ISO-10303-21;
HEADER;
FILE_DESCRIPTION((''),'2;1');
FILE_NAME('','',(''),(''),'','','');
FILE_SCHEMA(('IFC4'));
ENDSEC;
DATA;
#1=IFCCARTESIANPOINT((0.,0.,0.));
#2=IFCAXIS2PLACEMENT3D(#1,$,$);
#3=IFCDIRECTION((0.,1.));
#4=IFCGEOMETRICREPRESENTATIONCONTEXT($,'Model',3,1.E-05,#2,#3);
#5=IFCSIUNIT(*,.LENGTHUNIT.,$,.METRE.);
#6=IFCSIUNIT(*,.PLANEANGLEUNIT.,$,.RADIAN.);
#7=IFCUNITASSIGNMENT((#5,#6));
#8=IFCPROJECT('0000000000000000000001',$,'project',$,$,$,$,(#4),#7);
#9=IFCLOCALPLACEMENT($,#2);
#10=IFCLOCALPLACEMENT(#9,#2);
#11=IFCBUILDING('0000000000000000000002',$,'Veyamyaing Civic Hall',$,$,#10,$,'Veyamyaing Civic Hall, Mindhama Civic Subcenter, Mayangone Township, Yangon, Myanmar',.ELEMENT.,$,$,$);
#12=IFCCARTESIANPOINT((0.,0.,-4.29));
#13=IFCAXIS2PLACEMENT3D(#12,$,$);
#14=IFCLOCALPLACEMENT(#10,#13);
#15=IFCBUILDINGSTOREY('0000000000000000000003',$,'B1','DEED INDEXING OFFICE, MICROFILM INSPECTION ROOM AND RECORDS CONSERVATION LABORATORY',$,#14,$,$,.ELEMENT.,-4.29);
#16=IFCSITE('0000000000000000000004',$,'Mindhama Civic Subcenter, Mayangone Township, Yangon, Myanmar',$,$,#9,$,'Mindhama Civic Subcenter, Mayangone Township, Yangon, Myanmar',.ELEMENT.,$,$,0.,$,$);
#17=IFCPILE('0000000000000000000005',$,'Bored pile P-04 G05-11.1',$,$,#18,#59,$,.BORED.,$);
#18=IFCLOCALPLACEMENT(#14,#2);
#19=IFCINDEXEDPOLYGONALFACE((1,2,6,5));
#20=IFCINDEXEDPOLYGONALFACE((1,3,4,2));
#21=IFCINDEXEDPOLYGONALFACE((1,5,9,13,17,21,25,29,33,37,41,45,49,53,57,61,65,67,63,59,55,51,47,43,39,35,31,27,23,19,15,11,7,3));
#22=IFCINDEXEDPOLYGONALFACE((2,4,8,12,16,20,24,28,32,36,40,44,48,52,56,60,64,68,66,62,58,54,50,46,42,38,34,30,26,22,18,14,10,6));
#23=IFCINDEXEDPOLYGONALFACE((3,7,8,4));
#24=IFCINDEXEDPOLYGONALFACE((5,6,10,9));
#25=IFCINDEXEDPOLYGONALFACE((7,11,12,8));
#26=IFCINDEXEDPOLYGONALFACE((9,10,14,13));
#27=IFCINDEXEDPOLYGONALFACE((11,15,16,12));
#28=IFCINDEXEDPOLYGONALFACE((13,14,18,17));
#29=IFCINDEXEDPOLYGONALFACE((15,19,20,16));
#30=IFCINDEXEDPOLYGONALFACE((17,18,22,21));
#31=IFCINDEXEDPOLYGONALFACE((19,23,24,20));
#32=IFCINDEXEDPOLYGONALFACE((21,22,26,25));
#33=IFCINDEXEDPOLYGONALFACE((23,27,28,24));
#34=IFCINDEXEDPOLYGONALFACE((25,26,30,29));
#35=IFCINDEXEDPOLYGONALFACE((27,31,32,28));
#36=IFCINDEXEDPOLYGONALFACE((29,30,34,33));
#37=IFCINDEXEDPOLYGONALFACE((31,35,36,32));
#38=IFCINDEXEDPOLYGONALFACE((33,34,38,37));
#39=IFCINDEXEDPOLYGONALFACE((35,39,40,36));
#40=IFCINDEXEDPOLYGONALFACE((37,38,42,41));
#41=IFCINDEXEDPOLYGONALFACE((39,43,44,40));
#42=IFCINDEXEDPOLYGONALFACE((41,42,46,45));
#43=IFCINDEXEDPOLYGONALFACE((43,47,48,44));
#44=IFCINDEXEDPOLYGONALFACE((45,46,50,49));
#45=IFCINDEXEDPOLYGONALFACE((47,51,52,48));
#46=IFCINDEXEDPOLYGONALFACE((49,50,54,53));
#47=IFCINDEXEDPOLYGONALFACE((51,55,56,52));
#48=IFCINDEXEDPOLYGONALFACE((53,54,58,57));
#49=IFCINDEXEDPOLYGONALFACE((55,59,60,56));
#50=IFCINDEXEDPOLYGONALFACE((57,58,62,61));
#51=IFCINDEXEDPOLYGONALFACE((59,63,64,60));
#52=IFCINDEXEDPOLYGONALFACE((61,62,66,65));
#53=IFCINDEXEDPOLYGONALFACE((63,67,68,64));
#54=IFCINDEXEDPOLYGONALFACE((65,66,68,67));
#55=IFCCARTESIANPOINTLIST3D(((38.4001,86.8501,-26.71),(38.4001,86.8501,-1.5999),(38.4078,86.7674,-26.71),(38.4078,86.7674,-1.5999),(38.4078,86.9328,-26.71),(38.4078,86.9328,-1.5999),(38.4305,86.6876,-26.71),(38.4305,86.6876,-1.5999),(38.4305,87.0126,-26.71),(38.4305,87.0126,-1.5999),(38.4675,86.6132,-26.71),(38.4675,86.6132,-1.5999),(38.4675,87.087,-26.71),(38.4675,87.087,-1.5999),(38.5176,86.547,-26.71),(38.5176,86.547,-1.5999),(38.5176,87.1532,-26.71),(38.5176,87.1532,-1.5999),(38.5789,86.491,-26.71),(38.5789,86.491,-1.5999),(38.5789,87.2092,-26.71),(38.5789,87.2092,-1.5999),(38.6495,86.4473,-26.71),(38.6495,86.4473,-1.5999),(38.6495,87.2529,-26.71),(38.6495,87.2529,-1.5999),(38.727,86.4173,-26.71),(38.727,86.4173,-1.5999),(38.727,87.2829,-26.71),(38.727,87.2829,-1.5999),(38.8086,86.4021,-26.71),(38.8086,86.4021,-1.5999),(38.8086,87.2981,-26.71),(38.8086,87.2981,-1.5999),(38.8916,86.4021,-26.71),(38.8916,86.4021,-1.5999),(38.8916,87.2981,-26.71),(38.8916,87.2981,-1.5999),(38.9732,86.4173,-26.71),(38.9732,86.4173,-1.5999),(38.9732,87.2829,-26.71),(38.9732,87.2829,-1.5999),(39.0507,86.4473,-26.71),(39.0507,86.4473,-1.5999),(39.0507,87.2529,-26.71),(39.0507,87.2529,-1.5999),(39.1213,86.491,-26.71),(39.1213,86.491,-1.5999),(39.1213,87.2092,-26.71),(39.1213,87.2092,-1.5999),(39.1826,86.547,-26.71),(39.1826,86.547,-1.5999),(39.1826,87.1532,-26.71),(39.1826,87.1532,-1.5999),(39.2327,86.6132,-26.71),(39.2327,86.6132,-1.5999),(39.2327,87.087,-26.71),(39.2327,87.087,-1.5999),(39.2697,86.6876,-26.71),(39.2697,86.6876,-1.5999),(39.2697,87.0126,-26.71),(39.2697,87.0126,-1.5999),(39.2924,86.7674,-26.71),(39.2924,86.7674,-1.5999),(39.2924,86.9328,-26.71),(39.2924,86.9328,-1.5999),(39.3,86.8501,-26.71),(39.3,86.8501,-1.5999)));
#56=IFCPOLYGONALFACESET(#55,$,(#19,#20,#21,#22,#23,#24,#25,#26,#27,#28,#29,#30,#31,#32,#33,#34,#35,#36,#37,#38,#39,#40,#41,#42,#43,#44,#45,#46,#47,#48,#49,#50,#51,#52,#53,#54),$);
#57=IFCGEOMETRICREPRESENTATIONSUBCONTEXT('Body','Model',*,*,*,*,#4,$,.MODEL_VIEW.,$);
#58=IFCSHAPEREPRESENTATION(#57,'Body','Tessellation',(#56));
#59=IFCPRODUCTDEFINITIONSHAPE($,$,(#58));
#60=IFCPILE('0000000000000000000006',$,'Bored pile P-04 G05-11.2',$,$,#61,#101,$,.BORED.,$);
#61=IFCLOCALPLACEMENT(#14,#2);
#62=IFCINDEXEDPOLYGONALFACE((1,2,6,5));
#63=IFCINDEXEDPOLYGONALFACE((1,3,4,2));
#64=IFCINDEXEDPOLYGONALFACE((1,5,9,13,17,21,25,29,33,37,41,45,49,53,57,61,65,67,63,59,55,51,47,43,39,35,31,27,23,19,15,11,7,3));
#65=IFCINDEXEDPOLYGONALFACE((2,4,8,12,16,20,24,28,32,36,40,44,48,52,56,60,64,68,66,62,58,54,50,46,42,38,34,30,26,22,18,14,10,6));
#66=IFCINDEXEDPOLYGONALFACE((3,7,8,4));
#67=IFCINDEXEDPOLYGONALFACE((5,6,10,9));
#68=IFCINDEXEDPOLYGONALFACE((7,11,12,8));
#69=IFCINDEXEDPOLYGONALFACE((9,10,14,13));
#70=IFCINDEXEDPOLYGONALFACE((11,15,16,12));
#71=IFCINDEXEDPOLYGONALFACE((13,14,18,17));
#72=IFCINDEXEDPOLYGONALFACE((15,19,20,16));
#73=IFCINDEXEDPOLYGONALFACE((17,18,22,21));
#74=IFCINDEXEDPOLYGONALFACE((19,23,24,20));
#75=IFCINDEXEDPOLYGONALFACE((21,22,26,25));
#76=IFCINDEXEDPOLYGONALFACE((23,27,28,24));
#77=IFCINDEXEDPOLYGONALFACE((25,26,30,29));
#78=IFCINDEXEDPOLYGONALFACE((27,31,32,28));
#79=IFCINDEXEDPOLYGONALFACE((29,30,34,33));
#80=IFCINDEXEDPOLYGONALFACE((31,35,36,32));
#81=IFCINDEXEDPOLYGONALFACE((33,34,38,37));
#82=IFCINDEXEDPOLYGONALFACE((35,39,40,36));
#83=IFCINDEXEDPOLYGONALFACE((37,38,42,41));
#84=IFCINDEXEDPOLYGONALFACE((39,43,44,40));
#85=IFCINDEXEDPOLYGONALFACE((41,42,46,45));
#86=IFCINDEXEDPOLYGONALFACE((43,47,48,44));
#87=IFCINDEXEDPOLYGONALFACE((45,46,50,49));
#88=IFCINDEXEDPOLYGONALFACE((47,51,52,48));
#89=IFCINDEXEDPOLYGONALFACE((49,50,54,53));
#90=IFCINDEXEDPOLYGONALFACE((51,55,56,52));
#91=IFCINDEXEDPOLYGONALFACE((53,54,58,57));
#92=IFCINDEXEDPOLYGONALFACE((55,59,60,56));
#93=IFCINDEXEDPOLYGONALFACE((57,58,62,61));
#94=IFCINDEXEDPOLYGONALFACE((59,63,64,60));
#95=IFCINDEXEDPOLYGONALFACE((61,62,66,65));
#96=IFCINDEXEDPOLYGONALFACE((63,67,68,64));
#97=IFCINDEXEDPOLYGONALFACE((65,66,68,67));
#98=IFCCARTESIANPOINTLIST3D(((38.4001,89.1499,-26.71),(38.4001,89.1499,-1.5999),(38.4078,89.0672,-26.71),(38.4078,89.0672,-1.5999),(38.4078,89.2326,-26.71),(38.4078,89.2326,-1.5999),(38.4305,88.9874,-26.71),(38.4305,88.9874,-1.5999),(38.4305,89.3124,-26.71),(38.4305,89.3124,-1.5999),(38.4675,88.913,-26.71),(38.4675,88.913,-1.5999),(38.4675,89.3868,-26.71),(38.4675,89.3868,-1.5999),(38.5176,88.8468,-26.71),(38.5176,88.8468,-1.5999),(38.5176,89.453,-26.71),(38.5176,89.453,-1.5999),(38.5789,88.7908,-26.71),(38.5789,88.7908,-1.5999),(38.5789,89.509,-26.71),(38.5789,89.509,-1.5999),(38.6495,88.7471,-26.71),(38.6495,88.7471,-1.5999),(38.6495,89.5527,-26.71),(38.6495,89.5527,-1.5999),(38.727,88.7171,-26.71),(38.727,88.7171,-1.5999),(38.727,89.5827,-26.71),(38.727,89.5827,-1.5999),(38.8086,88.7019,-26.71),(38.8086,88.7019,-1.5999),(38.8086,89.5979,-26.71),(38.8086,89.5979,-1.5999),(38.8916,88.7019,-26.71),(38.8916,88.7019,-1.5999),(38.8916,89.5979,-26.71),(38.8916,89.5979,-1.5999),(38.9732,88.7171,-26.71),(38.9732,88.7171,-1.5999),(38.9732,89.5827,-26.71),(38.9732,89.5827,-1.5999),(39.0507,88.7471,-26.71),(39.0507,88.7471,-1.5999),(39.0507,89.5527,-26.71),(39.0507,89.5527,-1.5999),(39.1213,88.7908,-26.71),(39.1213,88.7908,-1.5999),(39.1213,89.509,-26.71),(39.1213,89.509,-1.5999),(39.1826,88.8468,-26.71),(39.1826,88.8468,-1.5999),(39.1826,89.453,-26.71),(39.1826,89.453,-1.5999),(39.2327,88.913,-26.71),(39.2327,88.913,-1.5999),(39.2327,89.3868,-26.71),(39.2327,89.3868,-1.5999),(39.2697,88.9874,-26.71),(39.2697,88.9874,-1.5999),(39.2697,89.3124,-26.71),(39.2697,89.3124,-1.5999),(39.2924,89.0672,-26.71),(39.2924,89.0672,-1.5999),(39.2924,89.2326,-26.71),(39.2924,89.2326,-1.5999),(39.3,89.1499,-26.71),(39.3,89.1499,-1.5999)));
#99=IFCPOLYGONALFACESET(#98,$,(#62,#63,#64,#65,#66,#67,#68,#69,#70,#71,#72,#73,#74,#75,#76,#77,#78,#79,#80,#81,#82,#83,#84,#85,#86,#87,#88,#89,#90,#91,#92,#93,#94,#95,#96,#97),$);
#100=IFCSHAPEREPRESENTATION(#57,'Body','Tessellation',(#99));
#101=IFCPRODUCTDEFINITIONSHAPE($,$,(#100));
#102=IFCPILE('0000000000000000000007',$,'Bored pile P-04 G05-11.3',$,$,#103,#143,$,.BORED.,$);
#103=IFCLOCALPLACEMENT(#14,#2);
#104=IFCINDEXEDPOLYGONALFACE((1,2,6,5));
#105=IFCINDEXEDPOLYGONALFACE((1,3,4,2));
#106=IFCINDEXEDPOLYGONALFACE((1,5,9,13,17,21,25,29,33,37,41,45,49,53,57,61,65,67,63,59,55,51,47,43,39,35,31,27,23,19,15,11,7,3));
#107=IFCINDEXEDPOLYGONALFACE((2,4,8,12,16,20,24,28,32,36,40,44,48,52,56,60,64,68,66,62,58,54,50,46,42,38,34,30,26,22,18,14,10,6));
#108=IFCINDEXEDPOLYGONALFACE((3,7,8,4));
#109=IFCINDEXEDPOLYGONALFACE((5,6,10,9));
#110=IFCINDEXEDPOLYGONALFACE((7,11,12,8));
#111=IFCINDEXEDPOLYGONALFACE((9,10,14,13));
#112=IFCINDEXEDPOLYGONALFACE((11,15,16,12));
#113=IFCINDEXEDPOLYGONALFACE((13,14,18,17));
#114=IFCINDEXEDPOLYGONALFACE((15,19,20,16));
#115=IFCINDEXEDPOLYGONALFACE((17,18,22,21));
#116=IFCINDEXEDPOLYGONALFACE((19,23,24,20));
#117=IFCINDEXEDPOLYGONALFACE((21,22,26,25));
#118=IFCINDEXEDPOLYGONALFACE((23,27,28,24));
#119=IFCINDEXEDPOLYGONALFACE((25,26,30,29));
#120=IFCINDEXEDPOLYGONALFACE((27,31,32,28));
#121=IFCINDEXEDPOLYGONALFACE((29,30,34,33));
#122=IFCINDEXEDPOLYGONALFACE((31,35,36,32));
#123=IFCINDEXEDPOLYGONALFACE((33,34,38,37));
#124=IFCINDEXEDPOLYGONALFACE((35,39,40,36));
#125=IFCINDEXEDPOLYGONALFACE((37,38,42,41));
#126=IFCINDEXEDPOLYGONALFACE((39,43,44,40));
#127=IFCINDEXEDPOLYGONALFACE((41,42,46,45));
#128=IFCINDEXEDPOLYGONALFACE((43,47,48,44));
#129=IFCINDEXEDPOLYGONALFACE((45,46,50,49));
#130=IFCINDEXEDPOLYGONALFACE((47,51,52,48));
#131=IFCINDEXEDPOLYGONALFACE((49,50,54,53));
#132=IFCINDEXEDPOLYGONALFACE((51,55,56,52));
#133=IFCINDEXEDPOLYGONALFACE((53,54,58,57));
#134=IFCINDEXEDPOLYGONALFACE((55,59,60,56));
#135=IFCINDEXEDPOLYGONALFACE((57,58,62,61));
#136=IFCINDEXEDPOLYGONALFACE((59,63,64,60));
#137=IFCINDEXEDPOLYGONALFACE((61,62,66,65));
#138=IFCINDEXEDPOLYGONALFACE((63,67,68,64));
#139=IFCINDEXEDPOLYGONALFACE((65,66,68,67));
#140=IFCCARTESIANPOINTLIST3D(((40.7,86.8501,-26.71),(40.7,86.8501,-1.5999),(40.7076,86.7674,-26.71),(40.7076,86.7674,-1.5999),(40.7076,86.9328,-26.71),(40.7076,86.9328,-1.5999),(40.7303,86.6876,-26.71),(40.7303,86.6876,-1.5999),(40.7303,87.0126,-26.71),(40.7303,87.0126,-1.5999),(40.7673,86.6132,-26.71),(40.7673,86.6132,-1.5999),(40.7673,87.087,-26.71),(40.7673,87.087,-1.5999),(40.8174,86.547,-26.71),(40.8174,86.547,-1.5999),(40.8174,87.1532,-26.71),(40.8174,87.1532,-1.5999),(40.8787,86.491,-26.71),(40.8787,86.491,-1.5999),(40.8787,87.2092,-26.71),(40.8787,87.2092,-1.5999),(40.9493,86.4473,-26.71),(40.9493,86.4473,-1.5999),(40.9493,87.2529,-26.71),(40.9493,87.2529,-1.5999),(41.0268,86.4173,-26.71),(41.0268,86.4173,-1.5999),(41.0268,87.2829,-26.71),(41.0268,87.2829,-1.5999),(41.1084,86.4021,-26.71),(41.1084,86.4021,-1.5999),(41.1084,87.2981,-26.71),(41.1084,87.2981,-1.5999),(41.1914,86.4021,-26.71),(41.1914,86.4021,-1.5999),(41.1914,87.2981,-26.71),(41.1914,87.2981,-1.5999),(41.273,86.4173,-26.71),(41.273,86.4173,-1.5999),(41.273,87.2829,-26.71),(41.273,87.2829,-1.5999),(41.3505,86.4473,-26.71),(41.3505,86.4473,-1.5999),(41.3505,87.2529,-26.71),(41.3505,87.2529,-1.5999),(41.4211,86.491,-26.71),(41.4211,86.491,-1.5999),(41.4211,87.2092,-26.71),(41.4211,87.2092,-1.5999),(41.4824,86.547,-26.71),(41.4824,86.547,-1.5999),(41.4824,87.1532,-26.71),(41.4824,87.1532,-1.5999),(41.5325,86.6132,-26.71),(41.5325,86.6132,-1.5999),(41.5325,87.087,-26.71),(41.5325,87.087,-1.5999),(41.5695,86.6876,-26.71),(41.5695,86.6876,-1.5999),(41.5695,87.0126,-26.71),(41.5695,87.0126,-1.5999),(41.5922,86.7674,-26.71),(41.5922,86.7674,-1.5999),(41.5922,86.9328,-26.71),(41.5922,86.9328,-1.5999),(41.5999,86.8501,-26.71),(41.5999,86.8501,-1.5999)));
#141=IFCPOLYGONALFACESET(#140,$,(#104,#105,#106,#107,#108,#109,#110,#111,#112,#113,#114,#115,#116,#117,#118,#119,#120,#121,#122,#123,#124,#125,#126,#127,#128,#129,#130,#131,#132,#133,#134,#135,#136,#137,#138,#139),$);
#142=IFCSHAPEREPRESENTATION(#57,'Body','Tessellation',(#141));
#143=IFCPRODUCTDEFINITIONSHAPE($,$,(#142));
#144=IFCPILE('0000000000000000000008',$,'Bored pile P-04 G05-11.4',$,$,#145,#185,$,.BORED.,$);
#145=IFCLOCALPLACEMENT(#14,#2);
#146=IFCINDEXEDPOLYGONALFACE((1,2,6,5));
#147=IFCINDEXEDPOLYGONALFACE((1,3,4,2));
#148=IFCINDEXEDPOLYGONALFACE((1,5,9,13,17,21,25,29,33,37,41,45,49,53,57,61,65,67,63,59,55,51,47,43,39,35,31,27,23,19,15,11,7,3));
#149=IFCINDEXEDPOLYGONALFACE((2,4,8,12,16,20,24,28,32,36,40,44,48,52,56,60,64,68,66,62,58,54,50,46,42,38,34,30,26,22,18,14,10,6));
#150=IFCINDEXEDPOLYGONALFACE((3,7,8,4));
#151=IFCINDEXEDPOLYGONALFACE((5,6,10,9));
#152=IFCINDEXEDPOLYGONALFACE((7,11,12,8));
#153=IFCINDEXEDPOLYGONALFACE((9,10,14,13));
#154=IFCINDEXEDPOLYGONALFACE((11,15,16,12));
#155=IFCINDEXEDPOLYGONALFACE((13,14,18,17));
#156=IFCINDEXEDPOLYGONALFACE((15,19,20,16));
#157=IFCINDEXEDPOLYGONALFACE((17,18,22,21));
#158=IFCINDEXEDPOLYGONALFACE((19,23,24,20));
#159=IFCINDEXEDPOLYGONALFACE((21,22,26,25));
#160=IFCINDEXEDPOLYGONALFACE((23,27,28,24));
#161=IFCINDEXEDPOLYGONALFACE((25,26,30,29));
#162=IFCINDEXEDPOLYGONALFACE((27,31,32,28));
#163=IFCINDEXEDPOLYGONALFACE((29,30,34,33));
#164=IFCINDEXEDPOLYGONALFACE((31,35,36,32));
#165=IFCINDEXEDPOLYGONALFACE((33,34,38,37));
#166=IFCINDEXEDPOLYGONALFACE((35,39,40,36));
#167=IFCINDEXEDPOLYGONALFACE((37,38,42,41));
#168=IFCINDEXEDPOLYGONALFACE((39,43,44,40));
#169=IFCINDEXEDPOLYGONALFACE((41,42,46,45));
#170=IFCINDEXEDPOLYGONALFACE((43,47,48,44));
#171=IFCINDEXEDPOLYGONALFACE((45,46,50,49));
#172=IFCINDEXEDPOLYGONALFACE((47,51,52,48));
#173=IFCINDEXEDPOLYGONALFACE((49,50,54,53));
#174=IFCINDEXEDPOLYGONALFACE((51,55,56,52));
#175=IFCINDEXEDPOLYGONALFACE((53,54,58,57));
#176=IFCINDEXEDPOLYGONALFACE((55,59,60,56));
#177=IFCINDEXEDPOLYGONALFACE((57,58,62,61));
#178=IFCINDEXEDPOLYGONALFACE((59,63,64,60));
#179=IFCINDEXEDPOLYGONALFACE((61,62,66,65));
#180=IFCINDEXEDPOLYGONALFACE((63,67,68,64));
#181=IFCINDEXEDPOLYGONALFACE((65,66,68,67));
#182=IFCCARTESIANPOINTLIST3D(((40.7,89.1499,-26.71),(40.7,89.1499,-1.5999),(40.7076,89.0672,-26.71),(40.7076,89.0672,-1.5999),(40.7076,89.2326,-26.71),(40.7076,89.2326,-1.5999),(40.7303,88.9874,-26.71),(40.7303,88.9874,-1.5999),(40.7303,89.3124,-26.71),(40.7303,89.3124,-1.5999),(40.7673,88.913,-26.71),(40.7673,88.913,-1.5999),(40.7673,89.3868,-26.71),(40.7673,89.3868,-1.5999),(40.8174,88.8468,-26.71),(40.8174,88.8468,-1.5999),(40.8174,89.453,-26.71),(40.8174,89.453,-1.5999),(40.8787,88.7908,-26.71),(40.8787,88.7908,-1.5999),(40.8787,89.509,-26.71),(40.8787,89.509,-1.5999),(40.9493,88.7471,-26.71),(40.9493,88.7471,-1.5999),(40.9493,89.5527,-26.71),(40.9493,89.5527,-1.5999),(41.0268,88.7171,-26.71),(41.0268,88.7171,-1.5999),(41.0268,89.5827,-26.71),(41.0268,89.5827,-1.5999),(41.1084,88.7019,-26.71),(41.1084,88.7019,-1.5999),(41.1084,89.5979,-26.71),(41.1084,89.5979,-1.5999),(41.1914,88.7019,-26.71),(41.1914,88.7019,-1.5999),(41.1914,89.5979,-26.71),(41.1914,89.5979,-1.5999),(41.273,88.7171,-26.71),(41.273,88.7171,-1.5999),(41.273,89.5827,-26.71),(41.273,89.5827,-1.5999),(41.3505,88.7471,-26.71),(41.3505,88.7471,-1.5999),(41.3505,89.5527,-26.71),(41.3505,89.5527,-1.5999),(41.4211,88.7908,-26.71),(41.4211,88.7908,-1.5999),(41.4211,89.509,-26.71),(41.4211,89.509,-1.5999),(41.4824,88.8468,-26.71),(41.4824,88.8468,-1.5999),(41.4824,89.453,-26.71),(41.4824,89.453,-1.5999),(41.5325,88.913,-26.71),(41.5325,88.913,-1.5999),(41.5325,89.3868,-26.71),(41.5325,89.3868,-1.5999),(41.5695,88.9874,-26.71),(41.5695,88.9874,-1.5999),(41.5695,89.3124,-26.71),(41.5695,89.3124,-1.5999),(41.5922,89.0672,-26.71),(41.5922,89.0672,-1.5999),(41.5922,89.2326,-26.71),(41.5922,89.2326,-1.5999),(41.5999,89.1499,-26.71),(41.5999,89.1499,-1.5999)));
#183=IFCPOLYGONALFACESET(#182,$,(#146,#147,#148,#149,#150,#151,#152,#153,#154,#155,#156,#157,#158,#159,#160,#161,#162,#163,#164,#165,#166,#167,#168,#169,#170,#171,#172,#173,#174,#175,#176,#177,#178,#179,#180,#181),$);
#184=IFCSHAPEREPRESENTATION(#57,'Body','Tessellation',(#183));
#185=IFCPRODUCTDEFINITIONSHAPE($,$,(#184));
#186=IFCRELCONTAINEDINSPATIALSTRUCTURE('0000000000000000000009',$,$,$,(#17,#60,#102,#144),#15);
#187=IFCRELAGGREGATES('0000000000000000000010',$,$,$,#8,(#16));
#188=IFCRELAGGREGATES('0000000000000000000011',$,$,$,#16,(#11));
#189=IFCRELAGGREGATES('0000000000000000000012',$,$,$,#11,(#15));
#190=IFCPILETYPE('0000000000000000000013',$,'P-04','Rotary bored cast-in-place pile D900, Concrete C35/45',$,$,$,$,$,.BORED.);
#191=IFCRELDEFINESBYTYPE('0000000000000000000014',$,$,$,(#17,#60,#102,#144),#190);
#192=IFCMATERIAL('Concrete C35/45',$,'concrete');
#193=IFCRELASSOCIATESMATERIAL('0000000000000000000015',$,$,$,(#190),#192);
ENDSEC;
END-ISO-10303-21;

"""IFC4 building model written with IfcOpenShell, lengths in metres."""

from ifc_helpers import new_model, si_unit, direction, frame, origin, origin_2d, place, context, subcontext, project, spatial, circle, extrude, material, material_profile, profile_set, type_object, element, save


model = new_model("IFC4")

# Units and contexts
model_context = context("Model", 3, precision=1e-05, world=origin(), true_north=direction((0.0, 1.0)))
body_context = subcontext(model_context, "Body", "Model", "MODEL_VIEW")
ifc_project = project(units=[si_unit("LENGTHUNIT", "METRE"), si_unit("PLANEANGLEUNIT", "RADIAN")], contexts=[model_context])

# Site, building, storey
site_placement = place(None, origin())
site = spatial("IfcSite", under=ifc_project, at=site_placement, Name="Mindhama Civic Subcenter, Mayangone Township, Yangon, Myanmar", LongName="Mindhama Civic Subcenter, Mayangone Township, Yangon, Myanmar", CompositionType="ELEMENT", RefElevation=0.0)
building_placement = place(site_placement, origin())
building = spatial("IfcBuilding", under=site, at=building_placement, Name="Veyamyaing Civic Hall", LongName="Veyamyaing Civic Hall, Mindhama Civic Subcenter, Mayangone Township, Yangon, Myanmar", CompositionType="ELEMENT")
storey_placement = place(building_placement, frame((0.0, 0.0, -4.29)))
storey = spatial("IfcBuildingStorey", under=building, at=storey_placement, Name="B1", Description="DEED INDEXING OFFICE, MICROFILM INSPECTION ROOM AND RECORDS CONSERVATION LABORATORY", CompositionType="ELEMENT", Elevation=-4.29)

# Piles
ifc_material_1 = material(Name="Concrete C35/45", Category="concrete")
ifc_material_profile_1 = material_profile(ifc_material_1, circle(Radius=0.45, at=origin_2d()), Name="PILE-D900")
ifc_profile_set_1 = profile_set([ifc_material_profile_1], Name="Concrete C35/45")
pile_type_1 = type_object("IfcPileType", Name="P-04", Description="Rotary bored cast-in-place pile D900, Concrete C35/45", PredefinedType="BORED", material=ifc_profile_set_1)
for number, where, z_axis, x_axis, name in (
    (1, (38.8501, 86.8501, -1.5999), (0.0, 0.0, -1.0), (1.0, 0.0, 0.0), "Bored pile P-04 G05-11.1"),
    (2, (38.8501, 89.1499, -1.5999), (0.0, 0.0, -1.0), (1.0, 0.0, 0.0), "Bored pile P-04 G05-11.2"),
    (3, (41.1499, 86.8501, -1.5999), (0.0, 0.0, -1.0), (1.0, 0.0, 0.0), "Bored pile P-04 G05-11.3"),
    (4, (41.1499, 89.1499, -1.5999), (0.0, 0.0, -1.0), (1.0, 0.0, 0.0), "Bored pile P-04 G05-11.4"),
):
    element("IfcPile", number, at=place(storey_placement, frame(where, z_axis=z_axis, x_axis=x_axis)), inside=storey, type_object=pile_type_1, Name=name, PredefinedType="BORED", context=body_context, shape_type="SweptSolid", body=[
        extrude(circle(Radius=0.45, at=origin_2d()), origin(), (0.0, 0.0, 1.0), 25.1101),
    ])

save(model, "model.ifc")
